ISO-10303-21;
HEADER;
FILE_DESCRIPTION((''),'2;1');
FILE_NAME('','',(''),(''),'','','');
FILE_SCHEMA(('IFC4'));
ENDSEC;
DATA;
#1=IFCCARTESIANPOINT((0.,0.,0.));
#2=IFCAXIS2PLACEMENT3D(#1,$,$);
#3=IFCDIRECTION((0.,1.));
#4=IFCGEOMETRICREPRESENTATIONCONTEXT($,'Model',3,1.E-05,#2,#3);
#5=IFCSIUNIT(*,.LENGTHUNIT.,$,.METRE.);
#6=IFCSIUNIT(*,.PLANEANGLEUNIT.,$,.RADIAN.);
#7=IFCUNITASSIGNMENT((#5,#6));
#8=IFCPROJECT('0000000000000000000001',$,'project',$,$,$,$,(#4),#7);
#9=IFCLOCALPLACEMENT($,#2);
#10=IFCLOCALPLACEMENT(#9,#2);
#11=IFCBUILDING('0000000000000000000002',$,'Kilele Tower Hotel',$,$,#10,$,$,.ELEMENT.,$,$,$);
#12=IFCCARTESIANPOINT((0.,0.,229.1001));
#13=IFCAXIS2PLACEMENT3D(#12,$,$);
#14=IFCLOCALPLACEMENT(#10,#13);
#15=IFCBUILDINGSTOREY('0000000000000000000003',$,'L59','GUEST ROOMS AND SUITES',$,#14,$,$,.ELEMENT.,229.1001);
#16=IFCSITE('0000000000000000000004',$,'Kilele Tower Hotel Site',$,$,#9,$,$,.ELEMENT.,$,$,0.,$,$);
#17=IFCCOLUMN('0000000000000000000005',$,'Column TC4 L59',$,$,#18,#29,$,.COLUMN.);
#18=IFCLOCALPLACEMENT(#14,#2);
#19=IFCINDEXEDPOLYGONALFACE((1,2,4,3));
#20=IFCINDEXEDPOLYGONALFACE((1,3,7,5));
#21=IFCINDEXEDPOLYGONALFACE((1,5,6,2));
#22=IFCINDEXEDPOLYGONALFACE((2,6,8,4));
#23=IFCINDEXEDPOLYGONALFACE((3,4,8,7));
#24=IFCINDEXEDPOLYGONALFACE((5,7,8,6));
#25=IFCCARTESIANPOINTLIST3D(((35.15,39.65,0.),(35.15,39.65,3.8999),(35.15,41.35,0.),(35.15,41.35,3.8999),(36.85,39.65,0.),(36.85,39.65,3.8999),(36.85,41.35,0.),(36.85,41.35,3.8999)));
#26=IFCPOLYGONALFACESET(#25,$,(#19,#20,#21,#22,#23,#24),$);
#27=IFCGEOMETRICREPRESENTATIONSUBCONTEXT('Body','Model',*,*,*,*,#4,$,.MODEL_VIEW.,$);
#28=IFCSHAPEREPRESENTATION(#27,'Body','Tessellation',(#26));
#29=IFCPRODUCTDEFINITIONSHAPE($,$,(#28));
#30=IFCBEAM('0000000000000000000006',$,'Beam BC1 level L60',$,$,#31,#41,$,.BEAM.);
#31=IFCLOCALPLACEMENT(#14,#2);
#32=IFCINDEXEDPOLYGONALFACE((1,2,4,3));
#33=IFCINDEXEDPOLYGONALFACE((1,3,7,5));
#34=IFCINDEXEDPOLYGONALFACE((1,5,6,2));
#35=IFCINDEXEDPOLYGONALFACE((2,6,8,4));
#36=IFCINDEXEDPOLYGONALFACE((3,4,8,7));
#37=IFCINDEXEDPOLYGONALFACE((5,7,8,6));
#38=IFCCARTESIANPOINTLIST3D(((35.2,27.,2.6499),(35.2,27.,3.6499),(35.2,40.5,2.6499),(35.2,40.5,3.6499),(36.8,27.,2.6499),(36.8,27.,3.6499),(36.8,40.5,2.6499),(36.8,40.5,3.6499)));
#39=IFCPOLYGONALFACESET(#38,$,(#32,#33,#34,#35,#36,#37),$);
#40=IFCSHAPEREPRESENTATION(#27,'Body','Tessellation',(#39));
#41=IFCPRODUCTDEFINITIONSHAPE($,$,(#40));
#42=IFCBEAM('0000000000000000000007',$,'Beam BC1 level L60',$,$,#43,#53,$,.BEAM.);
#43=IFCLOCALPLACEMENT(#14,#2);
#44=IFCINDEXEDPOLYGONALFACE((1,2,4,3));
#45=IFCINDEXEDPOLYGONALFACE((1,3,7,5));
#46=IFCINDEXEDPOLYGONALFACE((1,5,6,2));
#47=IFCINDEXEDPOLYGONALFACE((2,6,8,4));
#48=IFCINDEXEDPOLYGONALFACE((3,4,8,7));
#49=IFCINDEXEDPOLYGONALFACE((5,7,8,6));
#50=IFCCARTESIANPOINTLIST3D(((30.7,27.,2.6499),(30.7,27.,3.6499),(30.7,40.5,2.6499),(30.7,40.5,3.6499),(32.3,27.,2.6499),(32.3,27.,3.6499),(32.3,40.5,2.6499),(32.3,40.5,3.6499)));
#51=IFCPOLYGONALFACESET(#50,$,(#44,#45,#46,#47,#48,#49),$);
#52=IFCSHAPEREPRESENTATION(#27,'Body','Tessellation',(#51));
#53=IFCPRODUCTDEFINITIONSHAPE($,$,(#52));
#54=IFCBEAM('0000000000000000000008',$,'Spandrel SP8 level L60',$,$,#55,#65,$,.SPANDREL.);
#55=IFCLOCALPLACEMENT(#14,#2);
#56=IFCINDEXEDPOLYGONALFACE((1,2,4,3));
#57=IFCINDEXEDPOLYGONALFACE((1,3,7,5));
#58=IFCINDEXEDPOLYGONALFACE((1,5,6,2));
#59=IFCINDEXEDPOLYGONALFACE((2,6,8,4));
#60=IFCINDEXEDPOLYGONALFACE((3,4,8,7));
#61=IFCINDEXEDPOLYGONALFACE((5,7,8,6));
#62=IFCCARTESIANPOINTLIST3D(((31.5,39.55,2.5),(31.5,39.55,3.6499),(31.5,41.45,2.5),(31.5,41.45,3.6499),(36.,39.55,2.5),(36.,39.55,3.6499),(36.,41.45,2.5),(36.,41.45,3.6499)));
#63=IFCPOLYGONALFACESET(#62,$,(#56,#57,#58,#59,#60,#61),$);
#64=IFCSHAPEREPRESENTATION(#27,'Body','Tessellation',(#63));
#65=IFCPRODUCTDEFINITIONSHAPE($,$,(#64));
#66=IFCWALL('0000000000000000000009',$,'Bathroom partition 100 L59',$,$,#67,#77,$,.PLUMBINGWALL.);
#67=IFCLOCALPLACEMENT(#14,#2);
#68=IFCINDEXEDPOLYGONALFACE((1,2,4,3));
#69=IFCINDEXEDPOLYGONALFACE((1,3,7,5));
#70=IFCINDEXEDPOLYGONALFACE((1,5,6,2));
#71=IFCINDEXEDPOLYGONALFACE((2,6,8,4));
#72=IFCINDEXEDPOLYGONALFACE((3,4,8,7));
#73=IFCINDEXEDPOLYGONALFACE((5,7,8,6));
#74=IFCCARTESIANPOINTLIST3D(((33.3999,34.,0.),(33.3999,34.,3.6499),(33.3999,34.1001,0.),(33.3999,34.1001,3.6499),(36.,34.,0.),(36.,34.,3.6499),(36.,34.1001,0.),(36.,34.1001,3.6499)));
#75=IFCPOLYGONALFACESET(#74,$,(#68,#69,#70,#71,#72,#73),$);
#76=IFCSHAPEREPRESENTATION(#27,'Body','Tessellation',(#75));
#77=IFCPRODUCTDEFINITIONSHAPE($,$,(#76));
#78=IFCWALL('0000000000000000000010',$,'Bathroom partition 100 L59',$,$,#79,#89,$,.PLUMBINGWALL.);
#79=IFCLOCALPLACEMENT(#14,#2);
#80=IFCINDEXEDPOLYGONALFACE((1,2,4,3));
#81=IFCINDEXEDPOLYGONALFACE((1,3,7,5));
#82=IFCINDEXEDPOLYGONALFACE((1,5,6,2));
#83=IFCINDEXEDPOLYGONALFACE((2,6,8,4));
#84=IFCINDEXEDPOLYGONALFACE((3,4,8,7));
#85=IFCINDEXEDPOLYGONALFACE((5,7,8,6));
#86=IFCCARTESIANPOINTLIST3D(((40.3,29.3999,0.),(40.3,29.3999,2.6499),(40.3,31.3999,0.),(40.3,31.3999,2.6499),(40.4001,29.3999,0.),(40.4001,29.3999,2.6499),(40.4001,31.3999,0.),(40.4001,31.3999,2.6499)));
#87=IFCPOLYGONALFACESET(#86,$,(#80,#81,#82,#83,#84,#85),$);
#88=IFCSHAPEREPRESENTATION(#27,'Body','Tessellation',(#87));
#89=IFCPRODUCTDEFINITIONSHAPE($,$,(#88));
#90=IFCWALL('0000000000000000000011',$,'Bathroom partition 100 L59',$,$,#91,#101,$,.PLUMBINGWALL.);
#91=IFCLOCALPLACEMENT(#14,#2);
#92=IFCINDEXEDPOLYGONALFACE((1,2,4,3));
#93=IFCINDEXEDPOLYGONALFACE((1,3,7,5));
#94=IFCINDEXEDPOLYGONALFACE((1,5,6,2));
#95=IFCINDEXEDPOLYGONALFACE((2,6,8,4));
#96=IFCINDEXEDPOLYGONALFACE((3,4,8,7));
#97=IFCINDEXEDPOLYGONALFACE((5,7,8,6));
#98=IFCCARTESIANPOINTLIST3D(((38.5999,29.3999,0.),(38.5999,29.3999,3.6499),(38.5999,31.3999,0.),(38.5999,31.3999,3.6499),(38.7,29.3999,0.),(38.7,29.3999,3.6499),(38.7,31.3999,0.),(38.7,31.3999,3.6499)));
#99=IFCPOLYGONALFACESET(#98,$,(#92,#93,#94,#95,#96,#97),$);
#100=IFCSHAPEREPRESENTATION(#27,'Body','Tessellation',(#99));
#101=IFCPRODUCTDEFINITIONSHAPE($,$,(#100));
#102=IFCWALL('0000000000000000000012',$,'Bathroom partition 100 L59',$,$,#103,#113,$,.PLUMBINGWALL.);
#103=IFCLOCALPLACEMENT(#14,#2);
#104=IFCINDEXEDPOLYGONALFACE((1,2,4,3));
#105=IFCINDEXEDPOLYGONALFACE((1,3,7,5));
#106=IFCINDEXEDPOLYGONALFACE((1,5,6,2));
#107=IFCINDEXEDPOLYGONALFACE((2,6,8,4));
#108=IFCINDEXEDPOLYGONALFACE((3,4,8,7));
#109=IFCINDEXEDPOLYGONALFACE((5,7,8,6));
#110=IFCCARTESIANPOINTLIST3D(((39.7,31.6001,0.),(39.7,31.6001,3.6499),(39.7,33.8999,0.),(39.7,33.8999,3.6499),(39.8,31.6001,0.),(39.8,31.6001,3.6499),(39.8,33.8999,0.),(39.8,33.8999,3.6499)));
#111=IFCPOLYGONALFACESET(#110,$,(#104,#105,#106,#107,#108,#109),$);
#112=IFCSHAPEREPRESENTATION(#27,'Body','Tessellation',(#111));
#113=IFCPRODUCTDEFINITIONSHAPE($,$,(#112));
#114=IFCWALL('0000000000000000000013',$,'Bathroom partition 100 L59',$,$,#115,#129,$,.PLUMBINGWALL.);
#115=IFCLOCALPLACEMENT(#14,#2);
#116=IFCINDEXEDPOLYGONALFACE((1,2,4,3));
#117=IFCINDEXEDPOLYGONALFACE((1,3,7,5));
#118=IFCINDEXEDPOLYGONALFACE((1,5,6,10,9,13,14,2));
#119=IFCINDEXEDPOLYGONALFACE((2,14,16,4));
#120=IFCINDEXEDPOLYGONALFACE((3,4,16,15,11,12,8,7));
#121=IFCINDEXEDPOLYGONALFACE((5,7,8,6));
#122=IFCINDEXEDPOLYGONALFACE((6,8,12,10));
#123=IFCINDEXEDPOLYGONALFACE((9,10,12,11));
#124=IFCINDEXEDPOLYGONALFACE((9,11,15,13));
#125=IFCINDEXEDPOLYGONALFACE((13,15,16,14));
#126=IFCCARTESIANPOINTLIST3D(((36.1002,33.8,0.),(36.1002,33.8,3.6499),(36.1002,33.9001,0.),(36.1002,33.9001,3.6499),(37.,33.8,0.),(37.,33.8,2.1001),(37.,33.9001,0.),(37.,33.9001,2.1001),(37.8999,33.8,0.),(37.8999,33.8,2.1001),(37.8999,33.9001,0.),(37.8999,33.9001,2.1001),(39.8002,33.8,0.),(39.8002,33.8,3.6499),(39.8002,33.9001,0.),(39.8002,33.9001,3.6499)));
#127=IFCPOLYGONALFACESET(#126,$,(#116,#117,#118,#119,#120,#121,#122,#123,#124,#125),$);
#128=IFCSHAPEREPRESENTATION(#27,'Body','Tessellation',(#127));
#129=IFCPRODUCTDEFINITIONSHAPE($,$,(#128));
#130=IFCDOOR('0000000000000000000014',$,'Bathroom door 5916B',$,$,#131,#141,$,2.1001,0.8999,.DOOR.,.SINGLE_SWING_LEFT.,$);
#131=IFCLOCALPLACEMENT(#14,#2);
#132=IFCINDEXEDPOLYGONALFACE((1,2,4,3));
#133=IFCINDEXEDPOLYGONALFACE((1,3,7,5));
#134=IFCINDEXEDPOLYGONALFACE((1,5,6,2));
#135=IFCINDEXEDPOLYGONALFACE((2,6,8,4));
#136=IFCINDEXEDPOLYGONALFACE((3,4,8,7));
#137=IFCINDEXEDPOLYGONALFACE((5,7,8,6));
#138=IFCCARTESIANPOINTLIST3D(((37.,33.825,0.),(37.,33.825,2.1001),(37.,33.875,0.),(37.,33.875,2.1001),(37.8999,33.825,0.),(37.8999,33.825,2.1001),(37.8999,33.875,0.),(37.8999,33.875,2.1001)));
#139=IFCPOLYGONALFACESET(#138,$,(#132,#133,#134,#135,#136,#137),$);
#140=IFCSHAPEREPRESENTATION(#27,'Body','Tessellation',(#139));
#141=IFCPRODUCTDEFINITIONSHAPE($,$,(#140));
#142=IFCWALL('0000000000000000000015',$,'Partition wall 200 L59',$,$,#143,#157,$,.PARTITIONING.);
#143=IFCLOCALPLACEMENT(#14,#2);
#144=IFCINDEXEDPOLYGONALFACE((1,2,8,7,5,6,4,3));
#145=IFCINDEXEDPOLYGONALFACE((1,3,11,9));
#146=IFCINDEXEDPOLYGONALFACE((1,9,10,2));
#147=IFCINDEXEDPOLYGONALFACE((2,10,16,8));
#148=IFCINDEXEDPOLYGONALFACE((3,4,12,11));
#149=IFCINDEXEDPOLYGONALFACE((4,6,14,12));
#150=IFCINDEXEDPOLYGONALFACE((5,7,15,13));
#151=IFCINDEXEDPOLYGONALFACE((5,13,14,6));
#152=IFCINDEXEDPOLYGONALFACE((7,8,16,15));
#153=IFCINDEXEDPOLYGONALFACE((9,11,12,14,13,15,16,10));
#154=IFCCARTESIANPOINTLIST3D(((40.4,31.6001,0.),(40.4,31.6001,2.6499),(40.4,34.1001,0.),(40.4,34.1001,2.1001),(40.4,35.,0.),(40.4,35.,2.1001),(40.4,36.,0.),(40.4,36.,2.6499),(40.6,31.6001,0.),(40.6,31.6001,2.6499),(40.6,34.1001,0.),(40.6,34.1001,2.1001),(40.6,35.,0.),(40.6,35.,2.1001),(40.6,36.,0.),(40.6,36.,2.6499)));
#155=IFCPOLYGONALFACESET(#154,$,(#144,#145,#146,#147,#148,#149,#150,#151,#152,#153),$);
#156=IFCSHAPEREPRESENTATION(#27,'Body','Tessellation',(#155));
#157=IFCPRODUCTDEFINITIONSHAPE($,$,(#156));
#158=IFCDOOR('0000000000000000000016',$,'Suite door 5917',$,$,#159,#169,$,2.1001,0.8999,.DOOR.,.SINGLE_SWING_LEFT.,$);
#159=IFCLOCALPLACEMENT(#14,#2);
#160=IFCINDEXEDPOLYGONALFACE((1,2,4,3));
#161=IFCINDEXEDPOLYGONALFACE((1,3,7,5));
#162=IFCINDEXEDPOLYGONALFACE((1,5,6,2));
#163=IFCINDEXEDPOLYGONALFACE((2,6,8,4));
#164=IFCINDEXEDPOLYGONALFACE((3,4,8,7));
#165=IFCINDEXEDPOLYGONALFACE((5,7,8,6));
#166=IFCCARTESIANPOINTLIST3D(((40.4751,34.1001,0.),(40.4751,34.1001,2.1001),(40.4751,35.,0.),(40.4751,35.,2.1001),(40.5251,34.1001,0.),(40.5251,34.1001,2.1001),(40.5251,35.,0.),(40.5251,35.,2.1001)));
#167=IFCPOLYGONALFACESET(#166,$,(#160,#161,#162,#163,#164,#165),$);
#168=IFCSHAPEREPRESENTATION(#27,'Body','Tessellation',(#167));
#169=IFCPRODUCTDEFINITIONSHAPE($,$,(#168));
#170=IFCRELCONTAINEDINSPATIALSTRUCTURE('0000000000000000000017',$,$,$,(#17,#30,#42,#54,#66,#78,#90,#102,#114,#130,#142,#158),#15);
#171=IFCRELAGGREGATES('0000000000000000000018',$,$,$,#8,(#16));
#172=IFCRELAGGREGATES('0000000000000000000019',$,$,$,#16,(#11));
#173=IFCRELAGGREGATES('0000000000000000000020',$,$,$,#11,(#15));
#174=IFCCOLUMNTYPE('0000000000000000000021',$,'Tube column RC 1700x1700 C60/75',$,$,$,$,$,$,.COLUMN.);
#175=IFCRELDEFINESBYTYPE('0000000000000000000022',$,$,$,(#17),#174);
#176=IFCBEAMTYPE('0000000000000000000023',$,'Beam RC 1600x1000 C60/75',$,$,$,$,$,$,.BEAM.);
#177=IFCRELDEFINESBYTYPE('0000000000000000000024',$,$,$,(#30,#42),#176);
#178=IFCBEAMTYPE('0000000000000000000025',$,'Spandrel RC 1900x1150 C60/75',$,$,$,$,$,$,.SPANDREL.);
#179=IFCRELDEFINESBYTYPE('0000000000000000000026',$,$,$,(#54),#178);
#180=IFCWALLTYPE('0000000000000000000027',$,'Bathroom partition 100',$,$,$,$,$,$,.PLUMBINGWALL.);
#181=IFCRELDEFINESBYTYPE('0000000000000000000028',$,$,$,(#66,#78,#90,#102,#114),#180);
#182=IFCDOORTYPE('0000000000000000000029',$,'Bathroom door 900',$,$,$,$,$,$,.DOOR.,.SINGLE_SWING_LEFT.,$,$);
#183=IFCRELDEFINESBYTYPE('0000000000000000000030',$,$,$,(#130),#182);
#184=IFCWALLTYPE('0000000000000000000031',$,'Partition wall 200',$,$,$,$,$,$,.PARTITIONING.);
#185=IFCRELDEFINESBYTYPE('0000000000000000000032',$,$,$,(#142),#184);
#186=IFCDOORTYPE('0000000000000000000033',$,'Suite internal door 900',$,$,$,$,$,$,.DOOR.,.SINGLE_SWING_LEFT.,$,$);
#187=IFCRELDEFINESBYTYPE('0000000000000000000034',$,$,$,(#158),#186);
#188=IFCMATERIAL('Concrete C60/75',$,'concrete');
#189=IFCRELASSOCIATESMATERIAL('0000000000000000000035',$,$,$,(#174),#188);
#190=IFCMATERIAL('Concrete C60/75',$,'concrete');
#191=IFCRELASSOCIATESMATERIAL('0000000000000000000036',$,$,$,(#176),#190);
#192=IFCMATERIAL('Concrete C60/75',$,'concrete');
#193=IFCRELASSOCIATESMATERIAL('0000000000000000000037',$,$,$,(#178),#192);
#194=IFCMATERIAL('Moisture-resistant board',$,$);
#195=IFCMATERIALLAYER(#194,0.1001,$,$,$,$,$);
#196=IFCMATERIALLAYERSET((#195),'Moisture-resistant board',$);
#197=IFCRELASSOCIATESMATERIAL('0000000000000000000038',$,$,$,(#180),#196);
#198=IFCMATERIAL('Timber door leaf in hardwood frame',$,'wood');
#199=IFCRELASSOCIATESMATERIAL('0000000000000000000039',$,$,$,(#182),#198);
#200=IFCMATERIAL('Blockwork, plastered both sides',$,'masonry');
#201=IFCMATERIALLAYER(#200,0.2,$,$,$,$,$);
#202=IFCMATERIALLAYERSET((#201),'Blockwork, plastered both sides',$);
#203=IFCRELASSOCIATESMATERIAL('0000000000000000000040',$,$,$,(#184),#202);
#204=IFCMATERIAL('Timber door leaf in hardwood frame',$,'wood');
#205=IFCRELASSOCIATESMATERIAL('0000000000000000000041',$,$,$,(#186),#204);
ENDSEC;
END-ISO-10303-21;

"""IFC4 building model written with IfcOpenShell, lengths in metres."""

from ifc_helpers import new_model, si_unit, direction, frame, frame_2d, origin, origin_2d, place, context, subcontext, project, spatial, rectangle, extrude, material, layer, layer_set, material_profile, profile_set, type_object, element, fill, save


model = new_model("IFC4")

# Units and contexts
model_context = context("Model", 3, precision=1e-05, world=origin(), true_north=direction((0.0, 1.0)))
body_context = subcontext(model_context, "Body", "Model", "MODEL_VIEW")
ifc_project = project(units=[si_unit("LENGTHUNIT", "METRE"), si_unit("PLANEANGLEUNIT", "RADIAN")], contexts=[model_context])

# Site, building, storey
site_placement = place(None, origin())
site = spatial("IfcSite", under=ifc_project, at=site_placement, Name="Kilele Tower Hotel Site", CompositionType="ELEMENT", RefElevation=0.0)
building_placement = place(site_placement, origin())
building = spatial("IfcBuilding", under=site, at=building_placement, Name="Kilele Tower Hotel", CompositionType="ELEMENT")
storey_placement = place(building_placement, frame((0.0, 0.0, 229.1001)))
storey = spatial("IfcBuildingStorey", under=building, at=storey_placement, Name="L59", Description="GUEST ROOMS AND SUITES", CompositionType="ELEMENT", Elevation=229.1001)

# Column
ifc_material_1 = material(Name="Concrete C60/75", Category="concrete")
ifc_material_profile_1 = material_profile(ifc_material_1, rectangle(XDim=1.7, YDim=1.7, at=origin_2d()))
ifc_profile_set_1 = profile_set([ifc_material_profile_1], Name="Concrete C60/75")
column_type = type_object("IfcColumnType", Name="Tube column RC 1700x1700 C60/75", PredefinedType="COLUMN", material=ifc_profile_set_1)
column_placement = place(storey_placement, frame((36.0, 40.5, 0.0), z_axis=(0.0, 0.0, 1.0), x_axis=(1.0, 0.0, 0.0)))
element("IfcColumn", 1, at=column_placement, inside=storey, type_object=column_type, Name="Column TC4 L59", PredefinedType="COLUMN", context=body_context, shape_type="SweptSolid", body=[
    extrude(rectangle(XDim=1.7, YDim=1.7, at=origin_2d()), origin(), (0.0, 0.0, 1.0), 3.8999),
])

# Beams
ifc_material_2 = material(Name="Concrete C60/75", Category="concrete")
ifc_material_profile_2 = material_profile(ifc_material_2, rectangle(XDim=1.6001, YDim=1.0, at=origin_2d()))
ifc_profile_set_2 = profile_set([ifc_material_profile_2], Name="Concrete C60/75")
beam_type_1 = type_object("IfcBeamType", Name="Beam RC 1600x1000 C60/75", PredefinedType="BEAM", material=ifc_profile_set_2)
for number, where, z_axis, x_axis, name in (
    (2, (36.0, 40.5, 3.1499), (0.0, -1.0, 0.0), (1.0, 0.0, 0.0), "Beam BC1 level L60"),
    (3, (31.5, 40.5, 3.1499), (0.0, -1.0, 0.0), (1.0, 0.0, 0.0), "Beam BC1 level L60"),
):
    element("IfcBeam", number, at=place(storey_placement, frame(where, z_axis=z_axis, x_axis=x_axis)), inside=storey, type_object=beam_type_1, Name=name, PredefinedType="BEAM", context=body_context, shape_type="SweptSolid", body=[
        extrude(rectangle(XDim=1.6001, YDim=1.0, at=origin_2d()), origin(), (0.0, 0.0, 1.0), 13.5),
    ])
ifc_material_3 = material(Name="Concrete C60/75", Category="concrete")
ifc_material_profile_3 = material_profile(ifc_material_3, rectangle(XDim=1.8999, YDim=1.1499, at=origin_2d()))
ifc_profile_set_3 = profile_set([ifc_material_profile_3], Name="Concrete C60/75")
beam_type_2 = type_object("IfcBeamType", Name="Spandrel RC 1900x1150 C60/75", PredefinedType="SPANDREL", material=ifc_profile_set_3)
beam_placement = place(storey_placement, frame((36.0, 40.5, 3.075), z_axis=(-1.0, 0.0, 0.0), x_axis=(0.0, -1.0, 0.0)))
element("IfcBeam", 4, at=beam_placement, inside=storey, type_object=beam_type_2, Name="Spandrel SP8 level L60", PredefinedType="SPANDREL", context=body_context, shape_type="SweptSolid", body=[
    extrude(rectangle(XDim=1.8999, YDim=1.1499, at=origin_2d()), origin(), (0.0, 0.0, 1.0), 4.5),
])

# Walls
ifc_material_4 = material(Name="Moisture-resistant board")
ifc_layer_1 = layer(ifc_material_4, 0.1001)
ifc_layer_set_1 = layer_set([ifc_layer_1], Name="Moisture-resistant board")
wall_type_1 = type_object("IfcWallType", Name="Bathroom partition 100", PredefinedType="PLUMBINGWALL", material=ifc_layer_set_1)
wall_1_placement = place(storey_placement, frame((33.3999, 34.05, 0.0), z_axis=(0.0, 0.0, 1.0), x_axis=(1.0, 0.0, 0.0)))
element("IfcWall", 5, at=wall_1_placement, inside=storey, type_object=wall_type_1, Name="Bathroom partition 100 L59", PredefinedType="PLUMBINGWALL", context=body_context, shape_type="SweptSolid", body=[
    extrude(rectangle(XDim=2.6001, YDim=0.1001, at=frame_2d((1.3, 0.0))), origin(), (0.0, 0.0, 1.0), 3.6499),
])
wall_2_placement = place(storey_placement, frame((40.3501, 31.3999, 0.0), z_axis=(0.0, 0.0, 1.0), x_axis=(0.0, -1.0, 0.0)))
element("IfcWall", 6, at=wall_2_placement, inside=storey, type_object=wall_type_1, Name="Bathroom partition 100 L59", PredefinedType="PLUMBINGWALL", context=body_context, shape_type="SweptSolid", body=[
    extrude(rectangle(XDim=2.0, YDim=0.1001, at=frame_2d((1.0, 0.0))), origin(), (0.0, 0.0, 1.0), 2.6499),
])
wall_3_placement = place(storey_placement, frame((38.6499, 31.3999, 0.0), z_axis=(0.0, 0.0, 1.0), x_axis=(0.0, -1.0, 0.0)))
element("IfcWall", 7, at=wall_3_placement, inside=storey, type_object=wall_type_1, Name="Bathroom partition 100 L59", PredefinedType="PLUMBINGWALL", context=body_context, shape_type="SweptSolid", body=[
    extrude(rectangle(XDim=2.0, YDim=0.1001, at=frame_2d((1.0, 0.0))), origin(), (0.0, 0.0, 1.0), 3.6499),
])
wall_4_placement = place(storey_placement, frame((39.75, 31.6001, 0.0), z_axis=(0.0, 0.0, 1.0), x_axis=(0.0, 1.0, 0.0)))
element("IfcWall", 8, at=wall_4_placement, inside=storey, type_object=wall_type_1, Name="Bathroom partition 100 L59", PredefinedType="PLUMBINGWALL", context=body_context, shape_type="SweptSolid", body=[
    extrude(rectangle(XDim=2.2998, YDim=0.1001, at=frame_2d((1.1499, 0.0))), origin(), (0.0, 0.0, 1.0), 3.6499),
])

# Walls, openings, doors
wall_5_placement = place(storey_placement, frame((36.1001, 33.8501, 0.0), z_axis=(0.0, 0.0, 1.0), x_axis=(1.0, 0.0, 0.0)))
wall_5 = element("IfcWall", 9, at=wall_5_placement, inside=storey, type_object=wall_type_1, Name="Bathroom partition 100 L59", PredefinedType="PLUMBINGWALL", context=body_context, shape_type="SweptSolid", body=[
    extrude(rectangle(XDim=3.7, YDim=0.1001, at=frame_2d((1.8501, 0.0))), origin(), (0.0, 0.0, 1.0), 3.6499),
])
opening_1_placement = place(wall_5_placement, frame((0.8999, 0.0, 0.0)))
opening_1 = element("IfcOpeningElement", 10, at=opening_1_placement, cuts=wall_5, PredefinedType="OPENING", context=body_context, shape_type="SweptSolid", body=[
    extrude(rectangle(XDim=0.8999, YDim=2.1001, at=frame_2d((0.45, 1.05))), frame((0.0, 0.0601, 0.0), z_axis=(0.0, -1.0, 0.0), x_axis=(1.0, 0.0, 0.0)), (0.0, 0.0, 1.0), 0.1201),
])
ifc_material_5 = material(Name="Timber door leaf in hardwood frame", Category="wood")
door_type_1 = type_object("IfcDoorType", Name="Bathroom door 900", OperationType="SINGLE_SWING_LEFT", PredefinedType="DOOR", material=ifc_material_5)
door_1_placement = place(opening_1_placement, origin())
door_1 = element("IfcDoor", 11, at=door_1_placement, inside=storey, type_object=door_type_1, Name="Bathroom door 5916B", OperationType="SINGLE_SWING_LEFT", OverallHeight=2.1001, OverallWidth=0.8999, PredefinedType="DOOR", context=body_context, shape_type="SweptSolid", body=[
    extrude(rectangle(XDim=0.8999, YDim=2.1001, at=frame_2d((0.45, 1.05))), frame((0.0, 0.0249, 0.0), z_axis=(0.0, -1.0, 0.0), x_axis=(1.0, 0.0, 0.0)), (0.0, 0.0, 1.0), 0.05),
])
fill(opening_1, door_1)
ifc_material_6 = material(Name="Blockwork, plastered both sides", Category="masonry")
ifc_layer_2 = layer(ifc_material_6, 0.2)
ifc_layer_set_2 = layer_set([ifc_layer_2], Name="Blockwork, plastered both sides")
wall_type_2 = type_object("IfcWallType", Name="Partition wall 200", PredefinedType="PARTITIONING", material=ifc_layer_set_2)
wall_6_placement = place(storey_placement, frame((40.5, 31.6001, 0.0), z_axis=(0.0, 0.0, 1.0), x_axis=(0.0, 1.0, 0.0)))
wall_6 = element("IfcWall", 12, at=wall_6_placement, inside=storey, type_object=wall_type_2, Name="Partition wall 200 L59", PredefinedType="PARTITIONING", context=body_context, shape_type="SweptSolid", body=[
    extrude(rectangle(XDim=4.3999, YDim=0.2, at=frame_2d((2.2, 0.0))), origin(), (0.0, 0.0, 1.0), 2.6499),
])
opening_2_placement = place(wall_6_placement, frame((2.5, 0.0, 0.0)))
opening_2 = element("IfcOpeningElement", 13, at=opening_2_placement, cuts=wall_6, PredefinedType="OPENING", context=body_context, shape_type="SweptSolid", body=[
    extrude(rectangle(XDim=0.8999, YDim=2.1001, at=frame_2d((0.45, 1.05))), frame((0.0, 0.1099, 0.0), z_axis=(0.0, -1.0, 0.0), x_axis=(1.0, 0.0, 0.0)), (0.0, 0.0, 1.0), 0.22),
])
ifc_material_7 = material(Name="Timber door leaf in hardwood frame", Category="wood")
door_type_2 = type_object("IfcDoorType", Name="Suite internal door 900", OperationType="SINGLE_SWING_LEFT", PredefinedType="DOOR", material=ifc_material_7)
door_2_placement = place(opening_2_placement, origin())
door_2 = element("IfcDoor", 14, at=door_2_placement, inside=storey, type_object=door_type_2, Name="Suite door 5917", OperationType="SINGLE_SWING_LEFT", OverallHeight=2.1001, OverallWidth=0.8999, PredefinedType="DOOR", context=body_context, shape_type="SweptSolid", body=[
    extrude(rectangle(XDim=0.8999, YDim=2.1001, at=frame_2d((0.45, 1.05))), frame((0.0, 0.0249, 0.0), z_axis=(0.0, -1.0, 0.0), x_axis=(1.0, 0.0, 0.0)), (0.0, 0.0, 1.0), 0.05),
])
fill(opening_2, door_2)

save(model, "model.ifc")
